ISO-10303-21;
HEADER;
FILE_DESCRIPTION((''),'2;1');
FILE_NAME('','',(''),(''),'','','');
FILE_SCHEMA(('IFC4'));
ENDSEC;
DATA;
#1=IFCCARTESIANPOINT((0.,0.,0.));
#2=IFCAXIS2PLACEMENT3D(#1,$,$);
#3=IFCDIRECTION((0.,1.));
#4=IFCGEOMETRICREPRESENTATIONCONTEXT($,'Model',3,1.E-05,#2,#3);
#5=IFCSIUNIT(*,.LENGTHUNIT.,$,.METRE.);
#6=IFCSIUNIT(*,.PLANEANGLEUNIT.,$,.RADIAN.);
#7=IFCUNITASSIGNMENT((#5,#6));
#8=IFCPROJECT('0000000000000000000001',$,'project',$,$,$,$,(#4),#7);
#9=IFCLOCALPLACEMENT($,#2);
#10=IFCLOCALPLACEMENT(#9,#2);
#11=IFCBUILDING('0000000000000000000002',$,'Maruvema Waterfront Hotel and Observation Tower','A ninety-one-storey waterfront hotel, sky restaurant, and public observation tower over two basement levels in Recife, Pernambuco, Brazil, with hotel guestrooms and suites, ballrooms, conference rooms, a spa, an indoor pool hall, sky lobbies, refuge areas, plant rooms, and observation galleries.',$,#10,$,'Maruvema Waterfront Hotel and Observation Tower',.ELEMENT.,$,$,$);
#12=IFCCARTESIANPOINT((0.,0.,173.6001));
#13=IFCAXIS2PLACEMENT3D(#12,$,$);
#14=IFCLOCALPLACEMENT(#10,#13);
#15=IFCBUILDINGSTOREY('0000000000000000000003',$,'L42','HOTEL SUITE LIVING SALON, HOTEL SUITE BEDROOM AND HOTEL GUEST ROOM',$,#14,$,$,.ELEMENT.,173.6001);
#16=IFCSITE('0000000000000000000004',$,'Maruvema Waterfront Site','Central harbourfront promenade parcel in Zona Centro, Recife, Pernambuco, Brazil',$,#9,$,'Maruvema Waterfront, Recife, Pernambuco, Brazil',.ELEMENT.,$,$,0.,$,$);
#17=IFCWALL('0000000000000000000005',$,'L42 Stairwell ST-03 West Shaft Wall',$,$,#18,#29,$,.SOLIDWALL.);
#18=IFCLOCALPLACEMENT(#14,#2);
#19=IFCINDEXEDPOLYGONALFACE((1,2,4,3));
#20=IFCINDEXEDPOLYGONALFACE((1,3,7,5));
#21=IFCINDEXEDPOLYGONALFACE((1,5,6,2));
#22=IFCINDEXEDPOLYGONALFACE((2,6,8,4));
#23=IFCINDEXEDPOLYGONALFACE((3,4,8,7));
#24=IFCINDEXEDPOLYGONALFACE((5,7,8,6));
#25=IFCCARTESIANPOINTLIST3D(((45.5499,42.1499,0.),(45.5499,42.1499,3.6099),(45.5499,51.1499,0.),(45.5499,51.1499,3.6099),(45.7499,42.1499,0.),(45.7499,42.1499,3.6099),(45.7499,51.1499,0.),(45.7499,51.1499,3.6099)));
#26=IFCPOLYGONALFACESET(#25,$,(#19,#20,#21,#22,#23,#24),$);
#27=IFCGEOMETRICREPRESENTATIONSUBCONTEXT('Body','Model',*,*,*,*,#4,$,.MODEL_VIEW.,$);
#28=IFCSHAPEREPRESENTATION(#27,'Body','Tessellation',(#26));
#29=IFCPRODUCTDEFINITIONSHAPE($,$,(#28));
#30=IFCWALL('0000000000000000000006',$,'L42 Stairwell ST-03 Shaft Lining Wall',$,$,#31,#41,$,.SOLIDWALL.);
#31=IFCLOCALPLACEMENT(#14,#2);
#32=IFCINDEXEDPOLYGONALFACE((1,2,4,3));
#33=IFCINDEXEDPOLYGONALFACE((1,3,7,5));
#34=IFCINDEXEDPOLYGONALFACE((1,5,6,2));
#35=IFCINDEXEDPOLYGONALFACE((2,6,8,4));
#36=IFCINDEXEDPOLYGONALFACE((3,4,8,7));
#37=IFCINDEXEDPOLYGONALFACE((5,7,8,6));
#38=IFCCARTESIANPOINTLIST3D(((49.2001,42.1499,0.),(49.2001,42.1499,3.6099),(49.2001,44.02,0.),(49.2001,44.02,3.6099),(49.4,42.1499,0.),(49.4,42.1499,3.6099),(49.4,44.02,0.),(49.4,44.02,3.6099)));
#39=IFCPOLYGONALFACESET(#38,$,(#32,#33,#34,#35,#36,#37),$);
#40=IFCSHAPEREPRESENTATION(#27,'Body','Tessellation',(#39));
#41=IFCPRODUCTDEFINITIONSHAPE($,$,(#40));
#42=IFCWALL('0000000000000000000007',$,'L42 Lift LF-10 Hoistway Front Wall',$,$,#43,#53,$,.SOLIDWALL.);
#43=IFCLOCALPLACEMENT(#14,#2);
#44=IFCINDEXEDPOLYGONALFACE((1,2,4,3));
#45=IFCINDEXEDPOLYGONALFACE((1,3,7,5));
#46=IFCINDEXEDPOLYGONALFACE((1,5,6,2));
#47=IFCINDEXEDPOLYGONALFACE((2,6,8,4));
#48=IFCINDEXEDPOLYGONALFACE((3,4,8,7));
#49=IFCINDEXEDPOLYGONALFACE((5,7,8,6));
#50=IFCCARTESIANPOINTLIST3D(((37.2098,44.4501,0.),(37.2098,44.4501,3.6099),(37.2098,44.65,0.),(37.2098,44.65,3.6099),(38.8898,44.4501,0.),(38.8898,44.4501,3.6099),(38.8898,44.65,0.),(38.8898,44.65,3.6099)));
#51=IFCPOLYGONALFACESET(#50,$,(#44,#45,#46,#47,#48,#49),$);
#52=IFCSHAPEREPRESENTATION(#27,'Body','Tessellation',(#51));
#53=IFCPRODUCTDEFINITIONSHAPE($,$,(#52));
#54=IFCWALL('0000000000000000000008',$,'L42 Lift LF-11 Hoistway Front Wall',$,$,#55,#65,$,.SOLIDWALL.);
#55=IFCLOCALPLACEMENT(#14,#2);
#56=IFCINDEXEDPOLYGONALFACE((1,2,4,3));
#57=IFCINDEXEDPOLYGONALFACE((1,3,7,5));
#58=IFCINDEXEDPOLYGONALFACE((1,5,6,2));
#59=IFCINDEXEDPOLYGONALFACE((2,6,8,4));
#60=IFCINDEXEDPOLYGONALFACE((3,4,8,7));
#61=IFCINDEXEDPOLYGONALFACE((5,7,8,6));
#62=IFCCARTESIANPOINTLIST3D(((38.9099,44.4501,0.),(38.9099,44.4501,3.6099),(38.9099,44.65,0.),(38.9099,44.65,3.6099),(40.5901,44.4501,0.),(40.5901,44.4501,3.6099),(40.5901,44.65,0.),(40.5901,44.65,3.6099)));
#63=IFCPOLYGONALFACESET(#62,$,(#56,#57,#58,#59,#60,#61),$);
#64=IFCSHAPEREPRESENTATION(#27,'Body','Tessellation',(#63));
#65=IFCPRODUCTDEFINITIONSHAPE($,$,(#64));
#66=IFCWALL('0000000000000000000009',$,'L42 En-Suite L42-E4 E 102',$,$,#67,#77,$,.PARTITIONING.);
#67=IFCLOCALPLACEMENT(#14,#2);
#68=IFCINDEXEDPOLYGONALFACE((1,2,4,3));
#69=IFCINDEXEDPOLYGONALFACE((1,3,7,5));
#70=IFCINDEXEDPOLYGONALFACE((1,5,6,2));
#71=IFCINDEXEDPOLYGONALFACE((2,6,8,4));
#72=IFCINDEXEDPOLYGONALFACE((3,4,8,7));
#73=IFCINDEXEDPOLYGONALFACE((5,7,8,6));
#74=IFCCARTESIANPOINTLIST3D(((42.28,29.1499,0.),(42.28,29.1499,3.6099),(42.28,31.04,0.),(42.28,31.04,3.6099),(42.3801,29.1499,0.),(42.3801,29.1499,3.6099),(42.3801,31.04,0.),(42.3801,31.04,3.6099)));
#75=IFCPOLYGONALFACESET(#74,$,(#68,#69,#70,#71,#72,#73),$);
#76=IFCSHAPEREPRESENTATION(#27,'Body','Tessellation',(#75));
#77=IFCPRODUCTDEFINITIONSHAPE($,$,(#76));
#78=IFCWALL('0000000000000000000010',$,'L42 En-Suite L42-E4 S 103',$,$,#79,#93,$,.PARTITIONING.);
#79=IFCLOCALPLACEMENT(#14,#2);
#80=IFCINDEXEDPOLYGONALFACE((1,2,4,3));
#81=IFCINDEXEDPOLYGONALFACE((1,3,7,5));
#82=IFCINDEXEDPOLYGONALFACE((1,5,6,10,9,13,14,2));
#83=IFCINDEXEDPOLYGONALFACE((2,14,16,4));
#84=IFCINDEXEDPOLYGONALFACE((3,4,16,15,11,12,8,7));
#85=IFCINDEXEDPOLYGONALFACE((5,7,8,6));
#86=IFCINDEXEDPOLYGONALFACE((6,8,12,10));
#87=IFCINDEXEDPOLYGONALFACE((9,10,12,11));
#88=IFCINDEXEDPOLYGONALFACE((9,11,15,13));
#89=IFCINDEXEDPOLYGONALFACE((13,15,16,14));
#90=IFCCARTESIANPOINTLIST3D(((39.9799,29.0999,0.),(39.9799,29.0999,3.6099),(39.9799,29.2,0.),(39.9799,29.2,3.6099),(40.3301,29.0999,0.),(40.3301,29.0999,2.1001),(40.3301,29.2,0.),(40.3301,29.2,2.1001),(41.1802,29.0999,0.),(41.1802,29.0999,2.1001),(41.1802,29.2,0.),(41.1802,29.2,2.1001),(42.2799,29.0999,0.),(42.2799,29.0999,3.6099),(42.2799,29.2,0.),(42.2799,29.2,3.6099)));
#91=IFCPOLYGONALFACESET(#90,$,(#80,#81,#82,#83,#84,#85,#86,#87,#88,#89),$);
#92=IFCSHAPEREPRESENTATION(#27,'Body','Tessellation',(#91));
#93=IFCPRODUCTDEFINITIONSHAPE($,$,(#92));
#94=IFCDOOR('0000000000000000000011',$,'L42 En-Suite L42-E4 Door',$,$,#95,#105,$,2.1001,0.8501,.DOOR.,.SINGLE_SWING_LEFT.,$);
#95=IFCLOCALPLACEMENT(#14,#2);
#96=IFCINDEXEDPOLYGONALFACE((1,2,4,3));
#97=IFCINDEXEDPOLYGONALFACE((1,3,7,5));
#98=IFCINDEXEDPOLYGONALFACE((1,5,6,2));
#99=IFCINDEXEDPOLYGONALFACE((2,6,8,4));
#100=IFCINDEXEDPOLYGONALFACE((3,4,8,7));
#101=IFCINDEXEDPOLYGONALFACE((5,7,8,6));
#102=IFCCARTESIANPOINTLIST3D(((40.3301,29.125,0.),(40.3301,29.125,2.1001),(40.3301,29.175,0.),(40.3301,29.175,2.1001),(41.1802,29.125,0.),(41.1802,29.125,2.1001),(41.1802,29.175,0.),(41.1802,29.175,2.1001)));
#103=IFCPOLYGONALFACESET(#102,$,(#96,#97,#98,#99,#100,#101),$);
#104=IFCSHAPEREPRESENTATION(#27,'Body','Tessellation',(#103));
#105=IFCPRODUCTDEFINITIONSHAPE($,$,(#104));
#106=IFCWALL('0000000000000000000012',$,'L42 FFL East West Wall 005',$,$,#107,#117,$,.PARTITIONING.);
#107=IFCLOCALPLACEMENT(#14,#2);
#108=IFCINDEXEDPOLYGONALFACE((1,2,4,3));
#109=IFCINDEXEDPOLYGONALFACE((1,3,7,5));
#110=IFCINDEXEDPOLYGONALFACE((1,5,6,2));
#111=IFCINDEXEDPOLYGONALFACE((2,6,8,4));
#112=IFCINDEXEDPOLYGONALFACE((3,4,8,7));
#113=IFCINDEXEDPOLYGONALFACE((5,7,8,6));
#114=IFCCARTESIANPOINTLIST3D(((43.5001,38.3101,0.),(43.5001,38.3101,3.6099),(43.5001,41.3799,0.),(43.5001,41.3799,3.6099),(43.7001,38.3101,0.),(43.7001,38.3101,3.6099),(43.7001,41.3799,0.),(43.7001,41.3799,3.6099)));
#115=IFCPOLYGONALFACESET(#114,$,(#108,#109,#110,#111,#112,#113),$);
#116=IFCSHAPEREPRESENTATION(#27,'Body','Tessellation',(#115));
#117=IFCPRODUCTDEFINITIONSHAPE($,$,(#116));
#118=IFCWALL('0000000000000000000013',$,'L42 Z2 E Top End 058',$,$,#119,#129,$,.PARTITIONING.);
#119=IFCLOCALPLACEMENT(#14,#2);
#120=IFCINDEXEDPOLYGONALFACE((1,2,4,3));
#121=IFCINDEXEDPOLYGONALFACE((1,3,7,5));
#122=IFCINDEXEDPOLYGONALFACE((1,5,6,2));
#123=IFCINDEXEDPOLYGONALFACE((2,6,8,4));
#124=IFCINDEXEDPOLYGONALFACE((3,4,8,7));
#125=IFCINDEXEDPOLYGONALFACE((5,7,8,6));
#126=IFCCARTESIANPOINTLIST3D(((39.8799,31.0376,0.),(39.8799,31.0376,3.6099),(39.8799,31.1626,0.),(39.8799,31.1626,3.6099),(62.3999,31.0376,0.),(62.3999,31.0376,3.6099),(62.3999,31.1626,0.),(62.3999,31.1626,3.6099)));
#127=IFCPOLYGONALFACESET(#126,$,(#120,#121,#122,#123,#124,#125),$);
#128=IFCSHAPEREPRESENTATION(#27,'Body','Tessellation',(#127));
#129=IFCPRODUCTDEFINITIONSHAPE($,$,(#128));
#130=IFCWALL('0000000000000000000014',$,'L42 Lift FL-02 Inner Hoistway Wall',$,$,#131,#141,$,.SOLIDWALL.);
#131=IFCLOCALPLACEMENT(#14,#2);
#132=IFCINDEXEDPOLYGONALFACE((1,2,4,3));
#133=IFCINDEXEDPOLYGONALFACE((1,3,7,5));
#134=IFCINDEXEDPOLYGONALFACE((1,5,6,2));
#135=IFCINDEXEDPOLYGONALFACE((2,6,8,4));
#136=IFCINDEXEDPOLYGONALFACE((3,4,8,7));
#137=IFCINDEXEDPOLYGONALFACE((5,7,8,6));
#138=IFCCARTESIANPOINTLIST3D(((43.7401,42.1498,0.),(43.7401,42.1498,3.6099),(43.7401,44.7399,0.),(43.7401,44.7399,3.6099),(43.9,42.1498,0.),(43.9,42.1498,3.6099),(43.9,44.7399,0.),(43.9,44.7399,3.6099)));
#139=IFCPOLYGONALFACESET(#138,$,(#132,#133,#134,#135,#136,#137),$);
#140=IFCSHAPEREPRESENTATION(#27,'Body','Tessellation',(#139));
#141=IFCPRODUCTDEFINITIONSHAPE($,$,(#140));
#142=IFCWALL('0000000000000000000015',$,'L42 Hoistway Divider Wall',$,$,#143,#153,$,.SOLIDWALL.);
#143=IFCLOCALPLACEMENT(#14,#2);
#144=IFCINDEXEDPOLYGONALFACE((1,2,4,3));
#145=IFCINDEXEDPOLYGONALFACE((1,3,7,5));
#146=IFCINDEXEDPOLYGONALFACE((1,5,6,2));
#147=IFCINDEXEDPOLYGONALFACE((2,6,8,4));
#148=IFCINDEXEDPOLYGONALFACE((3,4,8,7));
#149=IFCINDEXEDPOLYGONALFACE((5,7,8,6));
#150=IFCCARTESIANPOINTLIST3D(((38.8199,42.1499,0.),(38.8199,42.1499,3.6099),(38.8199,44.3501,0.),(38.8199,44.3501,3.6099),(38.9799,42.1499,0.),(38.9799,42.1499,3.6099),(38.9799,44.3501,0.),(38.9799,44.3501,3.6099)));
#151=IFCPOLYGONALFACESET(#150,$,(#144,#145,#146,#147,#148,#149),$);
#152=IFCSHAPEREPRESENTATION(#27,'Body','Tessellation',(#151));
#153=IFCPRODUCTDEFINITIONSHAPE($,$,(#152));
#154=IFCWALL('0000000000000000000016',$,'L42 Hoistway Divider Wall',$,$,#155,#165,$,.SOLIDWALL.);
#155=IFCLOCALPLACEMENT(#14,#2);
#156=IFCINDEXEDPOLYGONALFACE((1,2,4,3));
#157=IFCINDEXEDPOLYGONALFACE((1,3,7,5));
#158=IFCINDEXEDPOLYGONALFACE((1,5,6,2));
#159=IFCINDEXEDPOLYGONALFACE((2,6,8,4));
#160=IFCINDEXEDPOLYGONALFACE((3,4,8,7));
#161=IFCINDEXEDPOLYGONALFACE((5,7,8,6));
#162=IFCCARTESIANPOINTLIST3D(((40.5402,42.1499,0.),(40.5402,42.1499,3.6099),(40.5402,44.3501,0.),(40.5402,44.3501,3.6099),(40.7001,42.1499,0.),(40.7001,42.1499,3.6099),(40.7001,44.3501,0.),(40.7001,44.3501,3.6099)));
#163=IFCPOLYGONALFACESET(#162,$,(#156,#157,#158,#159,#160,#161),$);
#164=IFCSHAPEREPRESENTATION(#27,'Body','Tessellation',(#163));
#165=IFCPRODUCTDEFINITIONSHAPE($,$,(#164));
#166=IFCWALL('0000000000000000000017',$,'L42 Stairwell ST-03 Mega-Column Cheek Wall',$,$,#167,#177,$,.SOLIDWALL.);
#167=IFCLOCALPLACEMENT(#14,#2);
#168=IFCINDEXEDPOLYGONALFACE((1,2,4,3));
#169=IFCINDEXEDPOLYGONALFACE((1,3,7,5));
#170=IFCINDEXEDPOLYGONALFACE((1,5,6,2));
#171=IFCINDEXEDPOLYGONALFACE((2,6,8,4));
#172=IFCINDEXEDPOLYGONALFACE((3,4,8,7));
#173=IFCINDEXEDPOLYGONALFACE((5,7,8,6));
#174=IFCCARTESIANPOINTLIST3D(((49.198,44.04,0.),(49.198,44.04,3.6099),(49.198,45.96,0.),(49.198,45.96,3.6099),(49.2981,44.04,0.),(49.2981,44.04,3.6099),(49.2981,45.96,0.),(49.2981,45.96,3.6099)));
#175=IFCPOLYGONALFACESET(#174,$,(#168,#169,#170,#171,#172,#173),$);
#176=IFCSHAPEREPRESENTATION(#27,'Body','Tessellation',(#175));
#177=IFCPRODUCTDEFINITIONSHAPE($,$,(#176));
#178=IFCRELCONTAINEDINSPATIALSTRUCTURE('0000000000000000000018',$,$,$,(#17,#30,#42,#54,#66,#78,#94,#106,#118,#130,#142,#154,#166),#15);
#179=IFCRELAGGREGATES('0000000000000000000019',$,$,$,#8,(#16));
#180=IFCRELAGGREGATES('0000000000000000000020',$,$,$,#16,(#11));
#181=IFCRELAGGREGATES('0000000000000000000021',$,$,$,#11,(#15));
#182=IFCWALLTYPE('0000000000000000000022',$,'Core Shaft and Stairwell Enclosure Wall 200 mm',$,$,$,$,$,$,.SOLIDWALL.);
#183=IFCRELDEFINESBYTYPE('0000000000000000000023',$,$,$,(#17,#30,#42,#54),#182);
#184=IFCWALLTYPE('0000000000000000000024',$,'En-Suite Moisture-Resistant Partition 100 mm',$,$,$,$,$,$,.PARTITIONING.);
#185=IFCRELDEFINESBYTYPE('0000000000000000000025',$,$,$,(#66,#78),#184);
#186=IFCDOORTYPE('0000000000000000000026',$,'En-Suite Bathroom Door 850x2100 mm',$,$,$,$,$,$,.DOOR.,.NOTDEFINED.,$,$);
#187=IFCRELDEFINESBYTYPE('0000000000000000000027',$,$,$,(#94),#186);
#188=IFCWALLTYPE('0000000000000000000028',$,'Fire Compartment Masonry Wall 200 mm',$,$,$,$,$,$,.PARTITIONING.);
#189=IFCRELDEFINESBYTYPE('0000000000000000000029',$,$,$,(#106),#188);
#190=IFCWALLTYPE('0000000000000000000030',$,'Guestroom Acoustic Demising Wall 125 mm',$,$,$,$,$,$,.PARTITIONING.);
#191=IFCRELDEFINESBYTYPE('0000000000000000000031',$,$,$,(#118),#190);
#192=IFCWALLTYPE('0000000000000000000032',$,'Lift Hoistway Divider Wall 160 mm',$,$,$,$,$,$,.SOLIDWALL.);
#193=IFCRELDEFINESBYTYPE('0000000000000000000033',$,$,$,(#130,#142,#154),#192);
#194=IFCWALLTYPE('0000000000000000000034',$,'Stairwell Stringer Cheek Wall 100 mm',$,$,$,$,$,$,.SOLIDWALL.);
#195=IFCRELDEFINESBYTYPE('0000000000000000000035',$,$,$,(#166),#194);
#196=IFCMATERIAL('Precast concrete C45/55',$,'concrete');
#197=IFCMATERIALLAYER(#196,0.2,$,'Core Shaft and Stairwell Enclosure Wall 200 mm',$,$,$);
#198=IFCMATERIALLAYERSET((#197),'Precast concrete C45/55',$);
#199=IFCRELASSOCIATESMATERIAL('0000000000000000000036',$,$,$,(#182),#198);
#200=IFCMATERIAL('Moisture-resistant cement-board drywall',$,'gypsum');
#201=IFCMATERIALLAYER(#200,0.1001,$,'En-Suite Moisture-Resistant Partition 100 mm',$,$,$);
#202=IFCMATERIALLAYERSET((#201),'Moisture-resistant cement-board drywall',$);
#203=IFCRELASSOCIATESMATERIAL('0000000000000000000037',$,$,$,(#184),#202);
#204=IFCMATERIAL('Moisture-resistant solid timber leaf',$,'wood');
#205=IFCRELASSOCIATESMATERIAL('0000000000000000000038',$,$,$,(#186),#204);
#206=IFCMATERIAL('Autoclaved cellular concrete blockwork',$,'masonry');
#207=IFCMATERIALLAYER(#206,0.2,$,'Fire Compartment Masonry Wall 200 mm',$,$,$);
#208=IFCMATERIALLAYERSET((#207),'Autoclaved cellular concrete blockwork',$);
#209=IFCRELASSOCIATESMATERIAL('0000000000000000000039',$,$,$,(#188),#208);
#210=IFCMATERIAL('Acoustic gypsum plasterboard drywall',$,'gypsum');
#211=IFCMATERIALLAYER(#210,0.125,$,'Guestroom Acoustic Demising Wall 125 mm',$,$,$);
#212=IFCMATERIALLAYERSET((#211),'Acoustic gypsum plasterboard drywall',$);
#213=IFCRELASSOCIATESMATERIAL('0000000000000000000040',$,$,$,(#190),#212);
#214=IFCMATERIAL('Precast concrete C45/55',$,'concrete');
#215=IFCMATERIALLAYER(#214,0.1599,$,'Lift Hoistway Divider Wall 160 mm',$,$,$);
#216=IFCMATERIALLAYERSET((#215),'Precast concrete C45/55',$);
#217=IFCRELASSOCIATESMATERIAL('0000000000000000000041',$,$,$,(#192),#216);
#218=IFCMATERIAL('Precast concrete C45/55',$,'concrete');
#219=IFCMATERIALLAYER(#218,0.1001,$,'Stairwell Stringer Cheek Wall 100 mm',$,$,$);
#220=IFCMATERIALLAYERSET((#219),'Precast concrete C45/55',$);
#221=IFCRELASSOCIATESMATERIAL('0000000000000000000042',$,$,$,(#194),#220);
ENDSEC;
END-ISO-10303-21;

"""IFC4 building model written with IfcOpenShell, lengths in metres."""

from ifc_helpers import new_model, si_unit, direction, frame, frame_2d, origin, place, context, subcontext, project, spatial, rectangle, extrude, material, layer, layer_set, type_object, element, fill, save


model = new_model("IFC4")

# Units and contexts
model_context = context("Model", 3, precision=1e-05, world=origin(), true_north=direction((0.0, 1.0)))
body_context = subcontext(model_context, "Body", "Model", "MODEL_VIEW")
ifc_project = project(units=[si_unit("LENGTHUNIT", "METRE"), si_unit("PLANEANGLEUNIT", "RADIAN")], contexts=[model_context])

# Site, building, storey
site_placement = place(None, origin())
site = spatial("IfcSite", under=ifc_project, at=site_placement, Name="Maruvema Waterfront Site", Description="Central harbourfront promenade parcel in Zona Centro, Recife, Pernambuco, Brazil", LongName="Maruvema Waterfront, Recife, Pernambuco, Brazil", CompositionType="ELEMENT", RefElevation=0.0)
building_placement = place(site_placement, origin())
building = spatial("IfcBuilding", under=site, at=building_placement, Name="Maruvema Waterfront Hotel and Observation Tower", Description="A ninety-one-storey waterfront hotel, sky restaurant, and public observation tower over two basement levels in Recife, Pernambuco, Brazil, with hotel guestrooms and suites, ballrooms, conference rooms, a spa, an indoor pool hall, sky lobbies, refuge areas, plant rooms, and observation galleries.", LongName="Maruvema Waterfront Hotel and Observation Tower", CompositionType="ELEMENT")
storey_placement = place(building_placement, frame((0.0, 0.0, 173.6001)))
storey = spatial("IfcBuildingStorey", under=building, at=storey_placement, Name="L42", Description="HOTEL SUITE LIVING SALON, HOTEL SUITE BEDROOM AND HOTEL GUEST ROOM", CompositionType="ELEMENT", Elevation=173.6001)

# Walls
ifc_material_1 = material(Name="Precast concrete C45/55", Category="concrete")
ifc_layer_1 = layer(ifc_material_1, 0.2, Name="Core Shaft and Stairwell Enclosure Wall 200 mm")
ifc_layer_set_1 = layer_set([ifc_layer_1], Name="Precast concrete C45/55")
wall_type_1 = type_object("IfcWallType", Name="Core Shaft and Stairwell Enclosure Wall 200 mm", PredefinedType="SOLIDWALL", material=ifc_layer_set_1)
wall_1_placement = place(storey_placement, frame((45.6499, 42.1499, 0.0), z_axis=(0.0, 0.0, 1.0), x_axis=(0.0, 1.0, 0.0)))
element("IfcWall", 1, at=wall_1_placement, inside=storey, type_object=wall_type_1, Name="L42 Stairwell ST-03 West Shaft Wall", PredefinedType="SOLIDWALL", context=body_context, shape_type="SweptSolid", body=[
    extrude(rectangle(XDim=9.0, YDim=0.2, at=frame_2d((4.5, 0.0))), origin(), (0.0, 0.0, 1.0), 3.6099),
])
wall_2_placement = place(storey_placement, frame((49.3, 42.1499, 0.0), z_axis=(0.0, 0.0, 1.0), x_axis=(0.0, 1.0, 0.0)))
element("IfcWall", 2, at=wall_2_placement, inside=storey, type_object=wall_type_1, Name="L42 Stairwell ST-03 Shaft Lining Wall", PredefinedType="SOLIDWALL", context=body_context, shape_type="SweptSolid", body=[
    extrude(rectangle(XDim=1.8701, YDim=0.2, at=frame_2d((0.9351, 0.0))), origin(), (0.0, 0.0, 1.0), 3.6099),
])
wall_3_placement = place(storey_placement, frame((37.21, 44.55, 0.0), z_axis=(0.0, 0.0, 1.0), x_axis=(1.0, 0.0, 0.0)))
element("IfcWall", 3, at=wall_3_placement, inside=storey, type_object=wall_type_1, Name="L42 Lift LF-10 Hoistway Front Wall", PredefinedType="SOLIDWALL", context=body_context, shape_type="SweptSolid", body=[
    extrude(rectangle(XDim=1.6799, YDim=0.2, at=frame_2d((0.8398, 0.0))), origin(), (0.0, 0.0, 1.0), 3.6099),
])
wall_4_placement = place(storey_placement, frame((38.9099, 44.55, 0.0), z_axis=(0.0, 0.0, 1.0), x_axis=(1.0, 0.0, 0.0)))
element("IfcWall", 4, at=wall_4_placement, inside=storey, type_object=wall_type_1, Name="L42 Lift LF-11 Hoistway Front Wall", PredefinedType="SOLIDWALL", context=body_context, shape_type="SweptSolid", body=[
    extrude(rectangle(XDim=1.6802, YDim=0.2, at=frame_2d((0.8401, 0.0))), origin(), (0.0, 0.0, 1.0), 3.6099),
])

# Wall
ifc_material_2 = material(Name="Moisture-resistant cement-board drywall", Category="gypsum")
ifc_layer_2 = layer(ifc_material_2, 0.1001, Name="En-Suite Moisture-Resistant Partition 100 mm")
ifc_layer_set_2 = layer_set([ifc_layer_2], Name="Moisture-resistant cement-board drywall")
wall_type_2 = type_object("IfcWallType", Name="En-Suite Moisture-Resistant Partition 100 mm", PredefinedType="PARTITIONING", material=ifc_layer_set_2)
wall_5_placement = place(storey_placement, frame((42.3301, 29.1499, 0.0), z_axis=(0.0, 0.0, 1.0), x_axis=(0.0, 1.0, 0.0)))
element("IfcWall", 5, at=wall_5_placement, inside=storey, type_object=wall_type_2, Name="L42 En-Suite L42-E4 E 102", PredefinedType="PARTITIONING", context=body_context, shape_type="SweptSolid", body=[
    extrude(rectangle(XDim=1.8901, YDim=0.1001, at=frame_2d((0.9451, 0.0))), origin(), (0.0, 0.0, 1.0), 3.6099),
])

# Wall, opening, door
wall_6_placement = place(storey_placement, frame((39.98, 29.1499, 0.0), z_axis=(0.0, 0.0, 1.0), x_axis=(1.0, 0.0, 0.0)))
wall_6 = element("IfcWall", 6, at=wall_6_placement, inside=storey, type_object=wall_type_2, Name="L42 En-Suite L42-E4 S 103", PredefinedType="PARTITIONING", context=body_context, shape_type="SweptSolid", body=[
    extrude(rectangle(XDim=2.3, YDim=0.1001, at=frame_2d((1.1499, 0.0))), origin(), (0.0, 0.0, 1.0), 3.6099),
])
opening_1_placement = place(wall_6_placement, frame((0.3501, 0.0, 0.0)))
opening_1 = element("IfcOpeningElement", 7, at=opening_1_placement, cuts=wall_6, PredefinedType="OPENING", context=body_context, shape_type="SweptSolid", body=[
    extrude(rectangle(XDim=0.8501, YDim=2.1001, at=frame_2d((0.425, 1.05))), frame((0.0, 0.0601, 0.0), z_axis=(0.0, -1.0, 0.0), x_axis=(1.0, 0.0, 0.0)), (0.0, 0.0, 1.0), 0.1201),
])
ifc_material_3 = material(Name="Moisture-resistant solid timber leaf", Category="wood")
door_type_1 = type_object("IfcDoorType", Name="En-Suite Bathroom Door 850x2100 mm", OperationType="NOTDEFINED", PredefinedType="DOOR", material=ifc_material_3)
door_1_placement = place(opening_1_placement, frame((0.8501, 0.0, 0.0), z_axis=(0.0, 0.0, 1.0), x_axis=(-1.0, 0.0, 0.0)))
door_1 = element("IfcDoor", 8, at=door_1_placement, inside=storey, type_object=door_type_1, Name="L42 En-Suite L42-E4 Door", OperationType="SINGLE_SWING_LEFT", OverallHeight=2.1001, OverallWidth=0.8501, PredefinedType="DOOR", context=body_context, shape_type="SweptSolid", body=[
    extrude(rectangle(XDim=0.8501, YDim=2.1001, at=frame_2d((0.425, 1.05))), frame((0.0, 0.0249, 0.0), z_axis=(0.0, -1.0, 0.0), x_axis=(1.0, 0.0, 0.0)), (0.0, 0.0, 1.0), 0.05),
])
fill(opening_1, door_1)
ifc_material_4 = material(Name="Autoclaved cellular concrete blockwork", Category="masonry")
ifc_layer_3 = layer(ifc_material_4, 0.2, Name="Fire Compartment Masonry Wall 200 mm")
ifc_layer_set_3 = layer_set([ifc_layer_3], Name="Autoclaved cellular concrete blockwork")
wall_type_3 = type_object("IfcWallType", Name="Fire Compartment Masonry Wall 200 mm", PredefinedType="PARTITIONING", material=ifc_layer_set_3)

# Walls
wall_7_placement = place(storey_placement, frame((43.6001, 38.3101, 0.0), z_axis=(0.0, 0.0, 1.0), x_axis=(0.0, 1.0, 0.0)))
element("IfcWall", 9, at=wall_7_placement, inside=storey, type_object=wall_type_3, Name="L42 FFL East West Wall 005", PredefinedType="PARTITIONING", context=body_context, shape_type="SweptSolid", body=[
    extrude(rectangle(XDim=3.0698, YDim=0.2, at=frame_2d((1.5349, 0.0))), origin(), (0.0, 0.0, 1.0), 3.6099),
])
ifc_material_5 = material(Name="Acoustic gypsum plasterboard drywall", Category="gypsum")
ifc_layer_4 = layer(ifc_material_5, 0.125, Name="Guestroom Acoustic Demising Wall 125 mm")
ifc_layer_set_4 = layer_set([ifc_layer_4], Name="Acoustic gypsum plasterboard drywall")
wall_type_4 = type_object("IfcWallType", Name="Guestroom Acoustic Demising Wall 125 mm", PredefinedType="PARTITIONING", material=ifc_layer_set_4)
wall_8_placement = place(storey_placement, frame((39.8799, 31.1001, 0.0), z_axis=(0.0, 0.0, 1.0), x_axis=(1.0, 0.0, 0.0)))
element("IfcWall", 10, at=wall_8_placement, inside=storey, type_object=wall_type_4, Name="L42 Z2 E Top End 058", PredefinedType="PARTITIONING", context=body_context, shape_type="SweptSolid", body=[
    extrude(rectangle(XDim=22.52, YDim=0.125, at=frame_2d((11.26, 0.0))), origin(), (0.0, 0.0, 1.0), 3.6099),
])
ifc_material_6 = material(Name="Precast concrete C45/55", Category="concrete")
ifc_layer_5 = layer(ifc_material_6, 0.1599, Name="Lift Hoistway Divider Wall 160 mm")
ifc_layer_set_5 = layer_set([ifc_layer_5], Name="Precast concrete C45/55")
wall_type_5 = type_object("IfcWallType", Name="Lift Hoistway Divider Wall 160 mm", PredefinedType="SOLIDWALL", material=ifc_layer_set_5)
wall_9_placement = place(storey_placement, frame((43.8201, 42.1499, 0.0), z_axis=(0.0, 0.0, 1.0), x_axis=(0.0, 1.0, 0.0)))
element("IfcWall", 11, at=wall_9_placement, inside=storey, type_object=wall_type_5, Name="L42 Lift FL-02 Inner Hoistway Wall", PredefinedType="SOLIDWALL", context=body_context, shape_type="SweptSolid", body=[
    extrude(rectangle(XDim=2.5901, YDim=0.1599, at=frame_2d((1.2949, 0.0))), origin(), (0.0, 0.0, 1.0), 3.6099),
])
for number, where, z_axis, x_axis, name in (
    (12, (38.8999, 42.1499, 0.0), (0.0, 0.0, 1.0), (0.0, 1.0, 0.0), "L42 Hoistway Divider Wall"),
    (13, (40.6201, 42.1499, 0.0), (0.0, 0.0, 1.0), (0.0, 1.0, 0.0), "L42 Hoistway Divider Wall"),
):
    element("IfcWall", number, at=place(storey_placement, frame(where, z_axis=z_axis, x_axis=x_axis)), inside=storey, type_object=wall_type_5, Name=name, PredefinedType="SOLIDWALL", context=body_context, shape_type="SweptSolid", body=[
        extrude(rectangle(XDim=2.2002, YDim=0.1599, at=frame_2d((1.1001, 0.0))), origin(), (0.0, 0.0, 1.0), 3.6099),
    ])
ifc_material_7 = material(Name="Precast concrete C45/55", Category="concrete")
ifc_layer_6 = layer(ifc_material_7, 0.1001, Name="Stairwell Stringer Cheek Wall 100 mm")
ifc_layer_set_6 = layer_set([ifc_layer_6], Name="Precast concrete C45/55")
wall_type_6 = type_object("IfcWallType", Name="Stairwell Stringer Cheek Wall 100 mm", PredefinedType="SOLIDWALL", material=ifc_layer_set_6)
wall_10_placement = place(storey_placement, frame((49.248, 44.04, 0.0), z_axis=(0.0, 0.0, 1.0), x_axis=(0.0, 1.0, 0.0)))
element("IfcWall", 14, at=wall_10_placement, inside=storey, type_object=wall_type_6, Name="L42 Stairwell ST-03 Mega-Column Cheek Wall", PredefinedType="SOLIDWALL", context=body_context, shape_type="SweptSolid", body=[
    extrude(rectangle(XDim=1.9199, YDim=0.1001, at=frame_2d((0.96, 0.0))), origin(), (0.0, 0.0, 1.0), 3.6099),
])

save(model, "model.ifc")
